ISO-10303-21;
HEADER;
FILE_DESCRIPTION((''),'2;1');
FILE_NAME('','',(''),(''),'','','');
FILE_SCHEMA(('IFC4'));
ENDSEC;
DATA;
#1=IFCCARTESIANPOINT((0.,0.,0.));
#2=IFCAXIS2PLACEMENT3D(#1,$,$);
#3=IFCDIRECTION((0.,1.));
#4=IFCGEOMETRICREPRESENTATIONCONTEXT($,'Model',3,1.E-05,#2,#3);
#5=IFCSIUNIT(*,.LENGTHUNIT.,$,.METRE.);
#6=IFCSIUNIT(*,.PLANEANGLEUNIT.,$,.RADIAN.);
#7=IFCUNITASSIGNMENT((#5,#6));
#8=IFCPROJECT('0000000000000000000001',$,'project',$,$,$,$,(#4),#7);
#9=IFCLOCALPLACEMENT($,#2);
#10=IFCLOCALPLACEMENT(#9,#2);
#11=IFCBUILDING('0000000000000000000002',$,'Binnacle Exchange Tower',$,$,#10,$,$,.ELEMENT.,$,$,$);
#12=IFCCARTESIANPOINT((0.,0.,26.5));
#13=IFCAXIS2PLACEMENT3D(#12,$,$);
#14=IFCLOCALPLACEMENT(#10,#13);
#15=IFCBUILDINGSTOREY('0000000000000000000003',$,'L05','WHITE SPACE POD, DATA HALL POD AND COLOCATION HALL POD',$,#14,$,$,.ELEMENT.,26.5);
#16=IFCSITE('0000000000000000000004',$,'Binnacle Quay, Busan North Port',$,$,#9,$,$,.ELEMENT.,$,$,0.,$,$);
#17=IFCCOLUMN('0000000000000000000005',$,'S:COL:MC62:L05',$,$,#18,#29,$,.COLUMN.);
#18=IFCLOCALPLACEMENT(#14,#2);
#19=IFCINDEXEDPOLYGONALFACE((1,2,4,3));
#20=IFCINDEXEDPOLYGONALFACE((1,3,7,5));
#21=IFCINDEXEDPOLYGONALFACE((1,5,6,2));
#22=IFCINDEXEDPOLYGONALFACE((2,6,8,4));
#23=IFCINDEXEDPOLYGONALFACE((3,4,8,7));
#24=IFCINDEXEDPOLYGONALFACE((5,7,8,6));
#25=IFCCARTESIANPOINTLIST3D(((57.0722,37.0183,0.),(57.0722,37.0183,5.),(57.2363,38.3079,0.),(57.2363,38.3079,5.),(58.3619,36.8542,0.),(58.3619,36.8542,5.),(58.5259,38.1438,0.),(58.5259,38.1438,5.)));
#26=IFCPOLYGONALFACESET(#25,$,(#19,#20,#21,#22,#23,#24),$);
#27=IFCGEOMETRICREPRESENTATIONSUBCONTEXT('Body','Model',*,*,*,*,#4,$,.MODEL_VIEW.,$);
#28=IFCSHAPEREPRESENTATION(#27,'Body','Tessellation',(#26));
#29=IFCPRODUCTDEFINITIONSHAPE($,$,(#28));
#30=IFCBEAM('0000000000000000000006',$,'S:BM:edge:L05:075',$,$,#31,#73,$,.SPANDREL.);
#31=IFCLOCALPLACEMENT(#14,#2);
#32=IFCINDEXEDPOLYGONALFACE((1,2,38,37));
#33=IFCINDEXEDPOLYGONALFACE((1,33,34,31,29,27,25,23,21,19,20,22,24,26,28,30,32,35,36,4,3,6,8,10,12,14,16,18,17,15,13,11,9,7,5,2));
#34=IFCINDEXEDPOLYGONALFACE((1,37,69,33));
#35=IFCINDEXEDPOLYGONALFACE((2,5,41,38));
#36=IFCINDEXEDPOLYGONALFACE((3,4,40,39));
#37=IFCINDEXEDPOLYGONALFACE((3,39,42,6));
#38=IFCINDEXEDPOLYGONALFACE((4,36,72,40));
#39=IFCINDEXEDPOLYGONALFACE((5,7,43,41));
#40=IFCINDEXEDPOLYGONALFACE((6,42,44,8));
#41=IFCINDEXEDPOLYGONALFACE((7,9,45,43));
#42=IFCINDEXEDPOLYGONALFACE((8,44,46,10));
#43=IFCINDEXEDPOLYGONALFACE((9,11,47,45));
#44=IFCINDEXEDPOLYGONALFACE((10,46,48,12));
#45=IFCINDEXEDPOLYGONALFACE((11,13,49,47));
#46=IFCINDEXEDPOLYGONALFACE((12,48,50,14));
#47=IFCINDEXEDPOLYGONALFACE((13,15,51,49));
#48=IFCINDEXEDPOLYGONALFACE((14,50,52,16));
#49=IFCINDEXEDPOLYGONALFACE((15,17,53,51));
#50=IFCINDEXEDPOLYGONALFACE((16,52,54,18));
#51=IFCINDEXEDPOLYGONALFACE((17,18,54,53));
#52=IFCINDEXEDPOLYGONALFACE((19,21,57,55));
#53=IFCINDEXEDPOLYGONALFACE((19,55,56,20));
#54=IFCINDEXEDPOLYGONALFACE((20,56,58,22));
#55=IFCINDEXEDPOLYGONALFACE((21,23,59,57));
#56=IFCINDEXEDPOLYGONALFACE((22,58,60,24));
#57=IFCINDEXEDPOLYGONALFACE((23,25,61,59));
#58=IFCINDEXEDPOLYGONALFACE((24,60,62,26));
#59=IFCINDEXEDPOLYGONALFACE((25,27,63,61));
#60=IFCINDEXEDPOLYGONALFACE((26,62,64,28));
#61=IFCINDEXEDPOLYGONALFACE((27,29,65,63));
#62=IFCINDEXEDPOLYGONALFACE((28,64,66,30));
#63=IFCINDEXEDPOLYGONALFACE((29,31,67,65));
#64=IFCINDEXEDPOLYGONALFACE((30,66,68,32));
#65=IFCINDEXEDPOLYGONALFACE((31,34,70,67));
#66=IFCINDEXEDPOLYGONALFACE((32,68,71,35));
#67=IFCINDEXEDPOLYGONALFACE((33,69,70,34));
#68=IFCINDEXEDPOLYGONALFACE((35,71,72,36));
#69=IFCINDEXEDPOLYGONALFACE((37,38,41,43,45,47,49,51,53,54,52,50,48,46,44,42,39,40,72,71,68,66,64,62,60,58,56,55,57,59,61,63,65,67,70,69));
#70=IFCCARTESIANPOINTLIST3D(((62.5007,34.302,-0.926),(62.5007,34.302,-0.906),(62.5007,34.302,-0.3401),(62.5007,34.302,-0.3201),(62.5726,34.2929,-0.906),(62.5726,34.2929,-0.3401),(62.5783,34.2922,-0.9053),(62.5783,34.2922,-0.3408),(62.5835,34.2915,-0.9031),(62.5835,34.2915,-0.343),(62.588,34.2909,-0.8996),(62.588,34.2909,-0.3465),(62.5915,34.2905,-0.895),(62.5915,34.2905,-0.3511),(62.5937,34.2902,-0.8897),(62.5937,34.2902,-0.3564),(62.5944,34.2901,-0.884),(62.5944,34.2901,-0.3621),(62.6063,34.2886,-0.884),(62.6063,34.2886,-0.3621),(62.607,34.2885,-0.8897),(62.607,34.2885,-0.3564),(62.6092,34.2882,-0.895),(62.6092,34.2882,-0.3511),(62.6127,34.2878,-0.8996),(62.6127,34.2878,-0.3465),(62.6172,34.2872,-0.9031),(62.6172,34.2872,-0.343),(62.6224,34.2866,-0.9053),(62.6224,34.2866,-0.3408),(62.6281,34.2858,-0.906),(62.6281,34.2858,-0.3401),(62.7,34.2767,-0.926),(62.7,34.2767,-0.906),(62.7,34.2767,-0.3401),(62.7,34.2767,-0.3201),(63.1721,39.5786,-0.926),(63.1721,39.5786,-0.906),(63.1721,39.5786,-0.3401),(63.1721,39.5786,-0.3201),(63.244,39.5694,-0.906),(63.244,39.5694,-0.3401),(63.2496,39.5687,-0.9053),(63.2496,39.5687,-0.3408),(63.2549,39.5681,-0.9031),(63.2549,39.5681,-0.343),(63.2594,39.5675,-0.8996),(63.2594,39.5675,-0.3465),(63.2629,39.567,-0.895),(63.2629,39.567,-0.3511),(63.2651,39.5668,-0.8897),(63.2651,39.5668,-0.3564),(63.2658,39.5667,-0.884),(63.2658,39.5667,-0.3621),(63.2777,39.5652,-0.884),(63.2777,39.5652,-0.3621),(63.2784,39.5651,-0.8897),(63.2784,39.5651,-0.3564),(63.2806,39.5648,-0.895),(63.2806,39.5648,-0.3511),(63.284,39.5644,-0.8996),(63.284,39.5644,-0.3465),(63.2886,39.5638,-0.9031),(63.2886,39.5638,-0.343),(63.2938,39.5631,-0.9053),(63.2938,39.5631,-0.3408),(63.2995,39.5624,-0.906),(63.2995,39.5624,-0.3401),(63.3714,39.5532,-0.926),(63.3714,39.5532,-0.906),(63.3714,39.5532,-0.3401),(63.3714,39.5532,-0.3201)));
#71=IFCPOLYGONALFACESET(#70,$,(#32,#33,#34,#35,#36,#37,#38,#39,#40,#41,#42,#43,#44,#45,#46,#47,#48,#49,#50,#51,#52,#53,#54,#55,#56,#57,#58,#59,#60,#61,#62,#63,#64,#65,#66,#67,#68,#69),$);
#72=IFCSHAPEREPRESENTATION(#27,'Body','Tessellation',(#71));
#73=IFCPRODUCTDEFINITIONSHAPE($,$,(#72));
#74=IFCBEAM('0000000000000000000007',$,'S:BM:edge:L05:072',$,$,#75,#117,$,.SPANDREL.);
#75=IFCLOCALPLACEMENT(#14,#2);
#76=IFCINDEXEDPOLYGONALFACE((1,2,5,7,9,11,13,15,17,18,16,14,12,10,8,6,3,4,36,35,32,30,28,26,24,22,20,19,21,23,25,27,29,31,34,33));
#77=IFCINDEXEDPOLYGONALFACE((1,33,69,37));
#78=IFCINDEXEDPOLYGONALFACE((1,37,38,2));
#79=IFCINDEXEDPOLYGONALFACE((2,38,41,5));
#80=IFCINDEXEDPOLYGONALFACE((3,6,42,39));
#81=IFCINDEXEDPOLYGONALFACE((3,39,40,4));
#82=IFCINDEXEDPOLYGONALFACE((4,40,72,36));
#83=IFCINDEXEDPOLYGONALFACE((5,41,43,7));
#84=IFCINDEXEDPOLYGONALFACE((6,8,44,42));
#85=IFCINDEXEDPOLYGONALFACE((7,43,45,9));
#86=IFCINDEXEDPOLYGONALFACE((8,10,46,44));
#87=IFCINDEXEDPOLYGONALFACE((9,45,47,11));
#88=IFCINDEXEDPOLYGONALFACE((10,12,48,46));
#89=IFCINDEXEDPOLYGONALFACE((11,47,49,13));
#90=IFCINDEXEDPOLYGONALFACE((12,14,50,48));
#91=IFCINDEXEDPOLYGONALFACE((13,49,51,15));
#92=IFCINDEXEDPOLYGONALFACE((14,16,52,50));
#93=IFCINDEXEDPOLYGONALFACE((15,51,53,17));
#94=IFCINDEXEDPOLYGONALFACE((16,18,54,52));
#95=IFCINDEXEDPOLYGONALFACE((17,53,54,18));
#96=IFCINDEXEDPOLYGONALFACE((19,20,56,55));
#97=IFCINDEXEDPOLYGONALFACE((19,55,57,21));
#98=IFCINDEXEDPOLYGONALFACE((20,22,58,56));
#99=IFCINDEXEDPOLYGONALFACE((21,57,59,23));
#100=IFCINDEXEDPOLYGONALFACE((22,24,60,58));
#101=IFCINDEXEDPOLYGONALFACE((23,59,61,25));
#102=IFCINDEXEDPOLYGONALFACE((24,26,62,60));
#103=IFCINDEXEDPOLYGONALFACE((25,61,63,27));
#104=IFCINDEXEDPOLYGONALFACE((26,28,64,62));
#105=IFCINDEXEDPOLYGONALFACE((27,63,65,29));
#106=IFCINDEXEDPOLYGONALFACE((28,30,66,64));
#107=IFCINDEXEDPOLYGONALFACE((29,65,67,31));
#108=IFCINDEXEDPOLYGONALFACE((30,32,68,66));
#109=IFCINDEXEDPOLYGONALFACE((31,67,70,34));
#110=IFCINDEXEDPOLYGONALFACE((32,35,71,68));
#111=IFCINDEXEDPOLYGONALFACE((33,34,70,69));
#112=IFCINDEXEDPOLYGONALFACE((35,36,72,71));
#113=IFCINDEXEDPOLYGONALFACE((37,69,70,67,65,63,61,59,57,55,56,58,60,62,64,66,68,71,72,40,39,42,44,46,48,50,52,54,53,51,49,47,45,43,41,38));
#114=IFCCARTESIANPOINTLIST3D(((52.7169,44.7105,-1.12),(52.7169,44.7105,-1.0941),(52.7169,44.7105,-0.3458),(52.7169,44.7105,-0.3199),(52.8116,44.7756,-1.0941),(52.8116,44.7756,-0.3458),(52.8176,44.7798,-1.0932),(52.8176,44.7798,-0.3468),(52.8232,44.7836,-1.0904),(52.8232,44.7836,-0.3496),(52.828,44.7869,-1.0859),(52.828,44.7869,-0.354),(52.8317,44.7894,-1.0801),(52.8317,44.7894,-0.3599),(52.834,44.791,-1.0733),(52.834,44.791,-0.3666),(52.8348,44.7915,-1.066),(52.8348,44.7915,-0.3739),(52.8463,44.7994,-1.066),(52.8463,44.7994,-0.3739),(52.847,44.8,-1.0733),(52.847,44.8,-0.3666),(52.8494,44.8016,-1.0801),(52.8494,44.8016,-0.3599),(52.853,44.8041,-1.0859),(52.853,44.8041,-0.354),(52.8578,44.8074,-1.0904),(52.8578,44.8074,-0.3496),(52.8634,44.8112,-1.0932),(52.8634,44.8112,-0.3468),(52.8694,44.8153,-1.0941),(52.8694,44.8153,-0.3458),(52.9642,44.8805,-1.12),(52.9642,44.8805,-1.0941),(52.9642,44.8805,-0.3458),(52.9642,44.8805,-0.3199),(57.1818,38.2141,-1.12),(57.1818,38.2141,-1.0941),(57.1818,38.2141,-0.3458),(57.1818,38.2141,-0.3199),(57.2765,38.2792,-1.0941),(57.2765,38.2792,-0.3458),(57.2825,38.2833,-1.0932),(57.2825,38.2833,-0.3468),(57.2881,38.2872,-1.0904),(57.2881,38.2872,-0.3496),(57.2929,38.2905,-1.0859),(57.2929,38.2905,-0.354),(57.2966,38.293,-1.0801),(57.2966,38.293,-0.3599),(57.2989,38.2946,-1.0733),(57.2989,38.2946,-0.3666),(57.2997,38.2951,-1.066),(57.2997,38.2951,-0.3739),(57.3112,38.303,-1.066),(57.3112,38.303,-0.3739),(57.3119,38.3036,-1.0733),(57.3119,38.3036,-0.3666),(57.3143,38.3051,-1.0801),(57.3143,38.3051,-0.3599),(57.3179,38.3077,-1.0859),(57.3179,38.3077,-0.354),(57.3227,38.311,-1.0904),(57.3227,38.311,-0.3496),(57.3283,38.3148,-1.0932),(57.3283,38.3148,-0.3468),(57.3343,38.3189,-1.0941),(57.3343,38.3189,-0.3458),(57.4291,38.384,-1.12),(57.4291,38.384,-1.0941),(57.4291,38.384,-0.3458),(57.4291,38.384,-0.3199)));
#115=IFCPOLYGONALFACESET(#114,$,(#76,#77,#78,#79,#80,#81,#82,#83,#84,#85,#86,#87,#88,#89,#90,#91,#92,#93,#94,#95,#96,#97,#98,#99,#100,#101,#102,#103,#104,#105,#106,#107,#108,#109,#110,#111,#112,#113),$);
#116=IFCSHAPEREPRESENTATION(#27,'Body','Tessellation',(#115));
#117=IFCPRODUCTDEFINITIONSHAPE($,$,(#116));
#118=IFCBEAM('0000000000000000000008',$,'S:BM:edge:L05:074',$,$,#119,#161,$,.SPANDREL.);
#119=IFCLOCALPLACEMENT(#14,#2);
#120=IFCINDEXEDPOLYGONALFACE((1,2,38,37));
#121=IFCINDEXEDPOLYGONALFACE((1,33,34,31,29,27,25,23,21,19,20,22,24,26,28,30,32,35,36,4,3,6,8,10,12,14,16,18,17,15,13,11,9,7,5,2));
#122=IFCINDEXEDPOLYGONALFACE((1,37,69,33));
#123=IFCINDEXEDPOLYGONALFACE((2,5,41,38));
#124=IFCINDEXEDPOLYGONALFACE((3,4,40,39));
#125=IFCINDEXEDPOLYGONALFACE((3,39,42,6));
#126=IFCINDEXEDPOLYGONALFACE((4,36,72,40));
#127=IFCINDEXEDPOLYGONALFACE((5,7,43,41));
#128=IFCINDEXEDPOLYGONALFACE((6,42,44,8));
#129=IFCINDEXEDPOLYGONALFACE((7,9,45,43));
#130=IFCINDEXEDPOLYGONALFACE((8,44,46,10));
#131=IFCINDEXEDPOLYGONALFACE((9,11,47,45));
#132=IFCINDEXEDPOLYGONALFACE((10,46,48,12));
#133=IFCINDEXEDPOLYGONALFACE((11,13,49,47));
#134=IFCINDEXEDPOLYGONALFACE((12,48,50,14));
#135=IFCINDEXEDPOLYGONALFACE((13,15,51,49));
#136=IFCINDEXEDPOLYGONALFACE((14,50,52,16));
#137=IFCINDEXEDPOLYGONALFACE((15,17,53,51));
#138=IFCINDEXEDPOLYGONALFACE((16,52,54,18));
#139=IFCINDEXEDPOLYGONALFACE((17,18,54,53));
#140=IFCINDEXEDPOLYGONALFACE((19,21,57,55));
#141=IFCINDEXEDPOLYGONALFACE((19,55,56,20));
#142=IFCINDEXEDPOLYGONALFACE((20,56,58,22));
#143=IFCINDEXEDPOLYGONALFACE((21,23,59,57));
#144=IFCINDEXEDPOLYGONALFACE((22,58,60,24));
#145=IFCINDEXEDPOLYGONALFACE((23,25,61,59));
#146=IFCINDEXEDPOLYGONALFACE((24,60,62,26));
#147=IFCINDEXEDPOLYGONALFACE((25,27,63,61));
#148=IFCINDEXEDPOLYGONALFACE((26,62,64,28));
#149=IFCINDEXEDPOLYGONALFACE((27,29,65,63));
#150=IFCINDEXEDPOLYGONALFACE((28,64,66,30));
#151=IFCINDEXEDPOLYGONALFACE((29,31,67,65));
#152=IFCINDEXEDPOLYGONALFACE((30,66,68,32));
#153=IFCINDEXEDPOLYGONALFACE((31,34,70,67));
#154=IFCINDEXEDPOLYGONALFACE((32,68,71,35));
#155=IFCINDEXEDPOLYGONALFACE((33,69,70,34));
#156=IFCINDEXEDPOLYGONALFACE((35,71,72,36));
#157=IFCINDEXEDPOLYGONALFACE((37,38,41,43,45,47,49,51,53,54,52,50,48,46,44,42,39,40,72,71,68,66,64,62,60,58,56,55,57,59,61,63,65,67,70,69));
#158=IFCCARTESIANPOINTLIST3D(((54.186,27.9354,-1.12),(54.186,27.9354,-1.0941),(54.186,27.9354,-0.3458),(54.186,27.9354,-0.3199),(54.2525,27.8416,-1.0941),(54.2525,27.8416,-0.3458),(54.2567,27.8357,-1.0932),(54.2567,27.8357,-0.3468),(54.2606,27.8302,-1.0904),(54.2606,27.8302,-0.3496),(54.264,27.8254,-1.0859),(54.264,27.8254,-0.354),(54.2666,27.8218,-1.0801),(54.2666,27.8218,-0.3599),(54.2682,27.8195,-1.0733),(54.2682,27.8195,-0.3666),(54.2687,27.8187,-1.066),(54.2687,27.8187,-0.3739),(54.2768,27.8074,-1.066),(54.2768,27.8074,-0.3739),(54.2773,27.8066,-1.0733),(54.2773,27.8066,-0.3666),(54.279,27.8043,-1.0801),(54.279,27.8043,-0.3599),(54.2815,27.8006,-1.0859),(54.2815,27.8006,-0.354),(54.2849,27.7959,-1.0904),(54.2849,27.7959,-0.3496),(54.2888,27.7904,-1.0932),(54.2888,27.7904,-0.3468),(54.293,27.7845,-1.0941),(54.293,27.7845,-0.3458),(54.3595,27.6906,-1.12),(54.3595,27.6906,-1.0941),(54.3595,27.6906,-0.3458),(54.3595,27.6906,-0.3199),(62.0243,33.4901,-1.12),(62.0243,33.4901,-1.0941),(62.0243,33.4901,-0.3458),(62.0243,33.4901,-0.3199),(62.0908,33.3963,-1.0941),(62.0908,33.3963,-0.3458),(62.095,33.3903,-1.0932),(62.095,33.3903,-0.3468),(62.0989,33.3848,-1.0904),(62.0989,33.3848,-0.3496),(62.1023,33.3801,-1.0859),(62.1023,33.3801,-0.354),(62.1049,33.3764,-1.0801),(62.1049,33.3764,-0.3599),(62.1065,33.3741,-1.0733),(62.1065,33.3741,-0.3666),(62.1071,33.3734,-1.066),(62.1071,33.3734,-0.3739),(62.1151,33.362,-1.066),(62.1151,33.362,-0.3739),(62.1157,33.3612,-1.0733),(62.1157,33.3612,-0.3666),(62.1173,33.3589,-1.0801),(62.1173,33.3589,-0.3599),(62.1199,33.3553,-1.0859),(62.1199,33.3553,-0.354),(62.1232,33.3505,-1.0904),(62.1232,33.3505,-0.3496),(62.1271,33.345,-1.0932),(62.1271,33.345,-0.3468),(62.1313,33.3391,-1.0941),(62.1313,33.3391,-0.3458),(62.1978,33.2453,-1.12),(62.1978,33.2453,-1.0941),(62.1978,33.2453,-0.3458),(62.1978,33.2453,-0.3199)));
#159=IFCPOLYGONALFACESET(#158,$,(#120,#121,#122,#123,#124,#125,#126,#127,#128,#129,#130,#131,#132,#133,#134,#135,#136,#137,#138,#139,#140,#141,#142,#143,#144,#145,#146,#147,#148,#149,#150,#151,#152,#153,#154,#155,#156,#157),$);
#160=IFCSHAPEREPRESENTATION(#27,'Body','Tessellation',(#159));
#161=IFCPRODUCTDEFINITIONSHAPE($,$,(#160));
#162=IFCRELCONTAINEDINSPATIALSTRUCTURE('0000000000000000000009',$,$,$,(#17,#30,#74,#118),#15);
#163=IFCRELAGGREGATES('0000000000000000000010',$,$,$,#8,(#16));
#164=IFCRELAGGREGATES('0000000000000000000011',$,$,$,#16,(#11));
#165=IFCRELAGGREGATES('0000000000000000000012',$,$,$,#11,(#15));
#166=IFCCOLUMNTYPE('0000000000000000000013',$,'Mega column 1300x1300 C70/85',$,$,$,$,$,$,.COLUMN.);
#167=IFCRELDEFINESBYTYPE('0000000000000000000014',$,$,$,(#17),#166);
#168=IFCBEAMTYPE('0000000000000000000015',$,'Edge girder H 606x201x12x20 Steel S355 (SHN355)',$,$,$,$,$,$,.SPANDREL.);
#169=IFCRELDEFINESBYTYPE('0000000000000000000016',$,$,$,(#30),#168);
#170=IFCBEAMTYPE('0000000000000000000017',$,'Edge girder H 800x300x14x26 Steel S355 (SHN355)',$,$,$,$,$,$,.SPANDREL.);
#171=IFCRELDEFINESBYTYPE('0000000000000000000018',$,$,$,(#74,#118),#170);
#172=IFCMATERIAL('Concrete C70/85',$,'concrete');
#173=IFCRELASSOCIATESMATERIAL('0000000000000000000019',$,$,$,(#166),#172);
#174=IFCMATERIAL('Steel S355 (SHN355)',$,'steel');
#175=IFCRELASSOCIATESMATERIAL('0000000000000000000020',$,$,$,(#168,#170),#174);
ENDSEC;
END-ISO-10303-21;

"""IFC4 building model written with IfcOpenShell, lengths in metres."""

from ifc_helpers import new_model, si_unit, direction, frame, origin, origin_2d, place, context, subcontext, project, spatial, rectangle, i_section, extrude, material, material_profile, profile_set, type_object, element, save


model = new_model("IFC4")

# Units and contexts
model_context = context("Model", 3, precision=1e-05, world=origin(), true_north=direction((0.0, 1.0)))
body_context = subcontext(model_context, "Body", "Model", "MODEL_VIEW")
ifc_project = project(units=[si_unit("LENGTHUNIT", "METRE"), si_unit("PLANEANGLEUNIT", "RADIAN")], contexts=[model_context])

# Site, building, storey
site_placement = place(None, origin())
site = spatial("IfcSite", under=ifc_project, at=site_placement, Name="Binnacle Quay, Busan North Port", CompositionType="ELEMENT", RefElevation=0.0)
building_placement = place(site_placement, origin())
building = spatial("IfcBuilding", under=site, at=building_placement, Name="Binnacle Exchange Tower", CompositionType="ELEMENT")
storey_placement = place(building_placement, frame((0.0, 0.0, 26.5)))
storey = spatial("IfcBuildingStorey", under=building, at=storey_placement, Name="L05", Description="WHITE SPACE POD, DATA HALL POD AND COLOCATION HALL POD", CompositionType="ELEMENT", Elevation=26.5)

# Column
ifc_material_1 = material(Name="Concrete C70/85", Category="concrete")
ifc_material_profile_1 = material_profile(ifc_material_1, rectangle(XDim=1.3, YDim=1.3, at=origin_2d()), Name="Mega column 1300x1300 C70/85")
ifc_profile_set_1 = profile_set([ifc_material_profile_1], Name="Concrete C70/85")
column_type = type_object("IfcColumnType", Name="Mega column 1300x1300 C70/85", PredefinedType="COLUMN", material=ifc_profile_set_1)
column_placement = place(storey_placement, frame((57.7991, 37.5811, 0.0), z_axis=(0.0, 0.0, 1.0), x_axis=(0.126199, 0.992005, 0.0)))
element("IfcColumn", 1, at=column_placement, inside=storey, type_object=column_type, Name="S:COL:MC62:L05", PredefinedType="COLUMN", context=body_context, shape_type="SweptSolid", body=[
    extrude(rectangle(XDim=1.3, YDim=1.3, at=origin_2d()), origin(), (0.0, 0.0, 1.0), 5.0),
])

# Beams
ifc_material_2 = material(Name="Steel S355 (SHN355)", Category="steel")
ifc_material_profile_2 = material_profile(ifc_material_2, i_section(OverallWidth=0.2009, OverallDepth=0.606, WebThickness=0.012, FlangeThickness=0.02, FilletRadius=0.022, at=origin_2d()), Name="H 606x201x12x20")
ifc_profile_set_2 = profile_set([ifc_material_profile_2], Name="Steel S355 (SHN355)")
beam_type_1 = type_object("IfcBeamType", Name="Edge girder H 606x201x12x20 Steel S355 (SHN355)", PredefinedType="SPANDREL", material=ifc_profile_set_2)
beam_1_placement = place(storey_placement, frame((63.2717, 39.5659, -0.623), z_axis=(-0.126221, -0.992002, 0.0), x_axis=(0.992002, -0.126221, 0.0)))
element("IfcBeam", 2, at=beam_1_placement, inside=storey, type_object=beam_type_1, Name="S:BM:edge:L05:075", PredefinedType="SPANDREL", context=body_context, shape_type="SweptSolid", body=[
    extrude(i_section(OverallWidth=0.2009, OverallDepth=0.606, WebThickness=0.012, FlangeThickness=0.02, FilletRadius=0.022, at=origin_2d()), origin(), (0.0, 0.0, 1.0), 5.3191),
])
ifc_material_profile_3 = material_profile(ifc_material_2, i_section(OverallWidth=0.3, OverallDepth=0.8, WebThickness=0.0139, FlangeThickness=0.0259, FilletRadius=0.0281, at=origin_2d()), Name="H 800x300x14x26")
ifc_profile_set_3 = profile_set([ifc_material_profile_3], Name="Steel S355 (SHN355)")
beam_type_2 = type_object("IfcBeamType", Name="Edge girder H 800x300x14x26 Steel S355 (SHN355)", PredefinedType="SPANDREL", material=ifc_profile_set_3)
beam_2_placement = place(storey_placement, frame((57.3054, 38.2991, -0.72), z_axis=(-0.566409, 0.824124, 0.0), x_axis=(-0.824124, -0.566409, 0.0)))
element("IfcBeam", 3, at=beam_2_placement, inside=storey, type_object=beam_type_2, Name="S:BM:edge:L05:072", PredefinedType="SPANDREL", context=body_context, shape_type="SweptSolid", body=[
    extrude(i_section(OverallWidth=0.3, OverallDepth=0.8, WebThickness=0.0139, FlangeThickness=0.0259, FilletRadius=0.0281, at=origin_2d()), origin(), (0.0, 0.0, 1.0), 7.8828),
])
beam_3_placement = place(storey_placement, frame((62.1111, 33.3677, -0.72), z_axis=(-0.815902, -0.578191, 0.0), x_axis=(0.578191, -0.815902, 0.0)))
element("IfcBeam", 4, at=beam_3_placement, inside=storey, type_object=beam_type_2, Name="S:BM:edge:L05:074", PredefinedType="SPANDREL", context=body_context, shape_type="SweptSolid", body=[
    extrude(i_section(OverallWidth=0.3, OverallDepth=0.8, WebThickness=0.0139, FlangeThickness=0.0259, FilletRadius=0.0281, at=origin_2d()), origin(), (0.0, 0.0, 1.0), 9.6069),
])

save(model, "model.ifc")
